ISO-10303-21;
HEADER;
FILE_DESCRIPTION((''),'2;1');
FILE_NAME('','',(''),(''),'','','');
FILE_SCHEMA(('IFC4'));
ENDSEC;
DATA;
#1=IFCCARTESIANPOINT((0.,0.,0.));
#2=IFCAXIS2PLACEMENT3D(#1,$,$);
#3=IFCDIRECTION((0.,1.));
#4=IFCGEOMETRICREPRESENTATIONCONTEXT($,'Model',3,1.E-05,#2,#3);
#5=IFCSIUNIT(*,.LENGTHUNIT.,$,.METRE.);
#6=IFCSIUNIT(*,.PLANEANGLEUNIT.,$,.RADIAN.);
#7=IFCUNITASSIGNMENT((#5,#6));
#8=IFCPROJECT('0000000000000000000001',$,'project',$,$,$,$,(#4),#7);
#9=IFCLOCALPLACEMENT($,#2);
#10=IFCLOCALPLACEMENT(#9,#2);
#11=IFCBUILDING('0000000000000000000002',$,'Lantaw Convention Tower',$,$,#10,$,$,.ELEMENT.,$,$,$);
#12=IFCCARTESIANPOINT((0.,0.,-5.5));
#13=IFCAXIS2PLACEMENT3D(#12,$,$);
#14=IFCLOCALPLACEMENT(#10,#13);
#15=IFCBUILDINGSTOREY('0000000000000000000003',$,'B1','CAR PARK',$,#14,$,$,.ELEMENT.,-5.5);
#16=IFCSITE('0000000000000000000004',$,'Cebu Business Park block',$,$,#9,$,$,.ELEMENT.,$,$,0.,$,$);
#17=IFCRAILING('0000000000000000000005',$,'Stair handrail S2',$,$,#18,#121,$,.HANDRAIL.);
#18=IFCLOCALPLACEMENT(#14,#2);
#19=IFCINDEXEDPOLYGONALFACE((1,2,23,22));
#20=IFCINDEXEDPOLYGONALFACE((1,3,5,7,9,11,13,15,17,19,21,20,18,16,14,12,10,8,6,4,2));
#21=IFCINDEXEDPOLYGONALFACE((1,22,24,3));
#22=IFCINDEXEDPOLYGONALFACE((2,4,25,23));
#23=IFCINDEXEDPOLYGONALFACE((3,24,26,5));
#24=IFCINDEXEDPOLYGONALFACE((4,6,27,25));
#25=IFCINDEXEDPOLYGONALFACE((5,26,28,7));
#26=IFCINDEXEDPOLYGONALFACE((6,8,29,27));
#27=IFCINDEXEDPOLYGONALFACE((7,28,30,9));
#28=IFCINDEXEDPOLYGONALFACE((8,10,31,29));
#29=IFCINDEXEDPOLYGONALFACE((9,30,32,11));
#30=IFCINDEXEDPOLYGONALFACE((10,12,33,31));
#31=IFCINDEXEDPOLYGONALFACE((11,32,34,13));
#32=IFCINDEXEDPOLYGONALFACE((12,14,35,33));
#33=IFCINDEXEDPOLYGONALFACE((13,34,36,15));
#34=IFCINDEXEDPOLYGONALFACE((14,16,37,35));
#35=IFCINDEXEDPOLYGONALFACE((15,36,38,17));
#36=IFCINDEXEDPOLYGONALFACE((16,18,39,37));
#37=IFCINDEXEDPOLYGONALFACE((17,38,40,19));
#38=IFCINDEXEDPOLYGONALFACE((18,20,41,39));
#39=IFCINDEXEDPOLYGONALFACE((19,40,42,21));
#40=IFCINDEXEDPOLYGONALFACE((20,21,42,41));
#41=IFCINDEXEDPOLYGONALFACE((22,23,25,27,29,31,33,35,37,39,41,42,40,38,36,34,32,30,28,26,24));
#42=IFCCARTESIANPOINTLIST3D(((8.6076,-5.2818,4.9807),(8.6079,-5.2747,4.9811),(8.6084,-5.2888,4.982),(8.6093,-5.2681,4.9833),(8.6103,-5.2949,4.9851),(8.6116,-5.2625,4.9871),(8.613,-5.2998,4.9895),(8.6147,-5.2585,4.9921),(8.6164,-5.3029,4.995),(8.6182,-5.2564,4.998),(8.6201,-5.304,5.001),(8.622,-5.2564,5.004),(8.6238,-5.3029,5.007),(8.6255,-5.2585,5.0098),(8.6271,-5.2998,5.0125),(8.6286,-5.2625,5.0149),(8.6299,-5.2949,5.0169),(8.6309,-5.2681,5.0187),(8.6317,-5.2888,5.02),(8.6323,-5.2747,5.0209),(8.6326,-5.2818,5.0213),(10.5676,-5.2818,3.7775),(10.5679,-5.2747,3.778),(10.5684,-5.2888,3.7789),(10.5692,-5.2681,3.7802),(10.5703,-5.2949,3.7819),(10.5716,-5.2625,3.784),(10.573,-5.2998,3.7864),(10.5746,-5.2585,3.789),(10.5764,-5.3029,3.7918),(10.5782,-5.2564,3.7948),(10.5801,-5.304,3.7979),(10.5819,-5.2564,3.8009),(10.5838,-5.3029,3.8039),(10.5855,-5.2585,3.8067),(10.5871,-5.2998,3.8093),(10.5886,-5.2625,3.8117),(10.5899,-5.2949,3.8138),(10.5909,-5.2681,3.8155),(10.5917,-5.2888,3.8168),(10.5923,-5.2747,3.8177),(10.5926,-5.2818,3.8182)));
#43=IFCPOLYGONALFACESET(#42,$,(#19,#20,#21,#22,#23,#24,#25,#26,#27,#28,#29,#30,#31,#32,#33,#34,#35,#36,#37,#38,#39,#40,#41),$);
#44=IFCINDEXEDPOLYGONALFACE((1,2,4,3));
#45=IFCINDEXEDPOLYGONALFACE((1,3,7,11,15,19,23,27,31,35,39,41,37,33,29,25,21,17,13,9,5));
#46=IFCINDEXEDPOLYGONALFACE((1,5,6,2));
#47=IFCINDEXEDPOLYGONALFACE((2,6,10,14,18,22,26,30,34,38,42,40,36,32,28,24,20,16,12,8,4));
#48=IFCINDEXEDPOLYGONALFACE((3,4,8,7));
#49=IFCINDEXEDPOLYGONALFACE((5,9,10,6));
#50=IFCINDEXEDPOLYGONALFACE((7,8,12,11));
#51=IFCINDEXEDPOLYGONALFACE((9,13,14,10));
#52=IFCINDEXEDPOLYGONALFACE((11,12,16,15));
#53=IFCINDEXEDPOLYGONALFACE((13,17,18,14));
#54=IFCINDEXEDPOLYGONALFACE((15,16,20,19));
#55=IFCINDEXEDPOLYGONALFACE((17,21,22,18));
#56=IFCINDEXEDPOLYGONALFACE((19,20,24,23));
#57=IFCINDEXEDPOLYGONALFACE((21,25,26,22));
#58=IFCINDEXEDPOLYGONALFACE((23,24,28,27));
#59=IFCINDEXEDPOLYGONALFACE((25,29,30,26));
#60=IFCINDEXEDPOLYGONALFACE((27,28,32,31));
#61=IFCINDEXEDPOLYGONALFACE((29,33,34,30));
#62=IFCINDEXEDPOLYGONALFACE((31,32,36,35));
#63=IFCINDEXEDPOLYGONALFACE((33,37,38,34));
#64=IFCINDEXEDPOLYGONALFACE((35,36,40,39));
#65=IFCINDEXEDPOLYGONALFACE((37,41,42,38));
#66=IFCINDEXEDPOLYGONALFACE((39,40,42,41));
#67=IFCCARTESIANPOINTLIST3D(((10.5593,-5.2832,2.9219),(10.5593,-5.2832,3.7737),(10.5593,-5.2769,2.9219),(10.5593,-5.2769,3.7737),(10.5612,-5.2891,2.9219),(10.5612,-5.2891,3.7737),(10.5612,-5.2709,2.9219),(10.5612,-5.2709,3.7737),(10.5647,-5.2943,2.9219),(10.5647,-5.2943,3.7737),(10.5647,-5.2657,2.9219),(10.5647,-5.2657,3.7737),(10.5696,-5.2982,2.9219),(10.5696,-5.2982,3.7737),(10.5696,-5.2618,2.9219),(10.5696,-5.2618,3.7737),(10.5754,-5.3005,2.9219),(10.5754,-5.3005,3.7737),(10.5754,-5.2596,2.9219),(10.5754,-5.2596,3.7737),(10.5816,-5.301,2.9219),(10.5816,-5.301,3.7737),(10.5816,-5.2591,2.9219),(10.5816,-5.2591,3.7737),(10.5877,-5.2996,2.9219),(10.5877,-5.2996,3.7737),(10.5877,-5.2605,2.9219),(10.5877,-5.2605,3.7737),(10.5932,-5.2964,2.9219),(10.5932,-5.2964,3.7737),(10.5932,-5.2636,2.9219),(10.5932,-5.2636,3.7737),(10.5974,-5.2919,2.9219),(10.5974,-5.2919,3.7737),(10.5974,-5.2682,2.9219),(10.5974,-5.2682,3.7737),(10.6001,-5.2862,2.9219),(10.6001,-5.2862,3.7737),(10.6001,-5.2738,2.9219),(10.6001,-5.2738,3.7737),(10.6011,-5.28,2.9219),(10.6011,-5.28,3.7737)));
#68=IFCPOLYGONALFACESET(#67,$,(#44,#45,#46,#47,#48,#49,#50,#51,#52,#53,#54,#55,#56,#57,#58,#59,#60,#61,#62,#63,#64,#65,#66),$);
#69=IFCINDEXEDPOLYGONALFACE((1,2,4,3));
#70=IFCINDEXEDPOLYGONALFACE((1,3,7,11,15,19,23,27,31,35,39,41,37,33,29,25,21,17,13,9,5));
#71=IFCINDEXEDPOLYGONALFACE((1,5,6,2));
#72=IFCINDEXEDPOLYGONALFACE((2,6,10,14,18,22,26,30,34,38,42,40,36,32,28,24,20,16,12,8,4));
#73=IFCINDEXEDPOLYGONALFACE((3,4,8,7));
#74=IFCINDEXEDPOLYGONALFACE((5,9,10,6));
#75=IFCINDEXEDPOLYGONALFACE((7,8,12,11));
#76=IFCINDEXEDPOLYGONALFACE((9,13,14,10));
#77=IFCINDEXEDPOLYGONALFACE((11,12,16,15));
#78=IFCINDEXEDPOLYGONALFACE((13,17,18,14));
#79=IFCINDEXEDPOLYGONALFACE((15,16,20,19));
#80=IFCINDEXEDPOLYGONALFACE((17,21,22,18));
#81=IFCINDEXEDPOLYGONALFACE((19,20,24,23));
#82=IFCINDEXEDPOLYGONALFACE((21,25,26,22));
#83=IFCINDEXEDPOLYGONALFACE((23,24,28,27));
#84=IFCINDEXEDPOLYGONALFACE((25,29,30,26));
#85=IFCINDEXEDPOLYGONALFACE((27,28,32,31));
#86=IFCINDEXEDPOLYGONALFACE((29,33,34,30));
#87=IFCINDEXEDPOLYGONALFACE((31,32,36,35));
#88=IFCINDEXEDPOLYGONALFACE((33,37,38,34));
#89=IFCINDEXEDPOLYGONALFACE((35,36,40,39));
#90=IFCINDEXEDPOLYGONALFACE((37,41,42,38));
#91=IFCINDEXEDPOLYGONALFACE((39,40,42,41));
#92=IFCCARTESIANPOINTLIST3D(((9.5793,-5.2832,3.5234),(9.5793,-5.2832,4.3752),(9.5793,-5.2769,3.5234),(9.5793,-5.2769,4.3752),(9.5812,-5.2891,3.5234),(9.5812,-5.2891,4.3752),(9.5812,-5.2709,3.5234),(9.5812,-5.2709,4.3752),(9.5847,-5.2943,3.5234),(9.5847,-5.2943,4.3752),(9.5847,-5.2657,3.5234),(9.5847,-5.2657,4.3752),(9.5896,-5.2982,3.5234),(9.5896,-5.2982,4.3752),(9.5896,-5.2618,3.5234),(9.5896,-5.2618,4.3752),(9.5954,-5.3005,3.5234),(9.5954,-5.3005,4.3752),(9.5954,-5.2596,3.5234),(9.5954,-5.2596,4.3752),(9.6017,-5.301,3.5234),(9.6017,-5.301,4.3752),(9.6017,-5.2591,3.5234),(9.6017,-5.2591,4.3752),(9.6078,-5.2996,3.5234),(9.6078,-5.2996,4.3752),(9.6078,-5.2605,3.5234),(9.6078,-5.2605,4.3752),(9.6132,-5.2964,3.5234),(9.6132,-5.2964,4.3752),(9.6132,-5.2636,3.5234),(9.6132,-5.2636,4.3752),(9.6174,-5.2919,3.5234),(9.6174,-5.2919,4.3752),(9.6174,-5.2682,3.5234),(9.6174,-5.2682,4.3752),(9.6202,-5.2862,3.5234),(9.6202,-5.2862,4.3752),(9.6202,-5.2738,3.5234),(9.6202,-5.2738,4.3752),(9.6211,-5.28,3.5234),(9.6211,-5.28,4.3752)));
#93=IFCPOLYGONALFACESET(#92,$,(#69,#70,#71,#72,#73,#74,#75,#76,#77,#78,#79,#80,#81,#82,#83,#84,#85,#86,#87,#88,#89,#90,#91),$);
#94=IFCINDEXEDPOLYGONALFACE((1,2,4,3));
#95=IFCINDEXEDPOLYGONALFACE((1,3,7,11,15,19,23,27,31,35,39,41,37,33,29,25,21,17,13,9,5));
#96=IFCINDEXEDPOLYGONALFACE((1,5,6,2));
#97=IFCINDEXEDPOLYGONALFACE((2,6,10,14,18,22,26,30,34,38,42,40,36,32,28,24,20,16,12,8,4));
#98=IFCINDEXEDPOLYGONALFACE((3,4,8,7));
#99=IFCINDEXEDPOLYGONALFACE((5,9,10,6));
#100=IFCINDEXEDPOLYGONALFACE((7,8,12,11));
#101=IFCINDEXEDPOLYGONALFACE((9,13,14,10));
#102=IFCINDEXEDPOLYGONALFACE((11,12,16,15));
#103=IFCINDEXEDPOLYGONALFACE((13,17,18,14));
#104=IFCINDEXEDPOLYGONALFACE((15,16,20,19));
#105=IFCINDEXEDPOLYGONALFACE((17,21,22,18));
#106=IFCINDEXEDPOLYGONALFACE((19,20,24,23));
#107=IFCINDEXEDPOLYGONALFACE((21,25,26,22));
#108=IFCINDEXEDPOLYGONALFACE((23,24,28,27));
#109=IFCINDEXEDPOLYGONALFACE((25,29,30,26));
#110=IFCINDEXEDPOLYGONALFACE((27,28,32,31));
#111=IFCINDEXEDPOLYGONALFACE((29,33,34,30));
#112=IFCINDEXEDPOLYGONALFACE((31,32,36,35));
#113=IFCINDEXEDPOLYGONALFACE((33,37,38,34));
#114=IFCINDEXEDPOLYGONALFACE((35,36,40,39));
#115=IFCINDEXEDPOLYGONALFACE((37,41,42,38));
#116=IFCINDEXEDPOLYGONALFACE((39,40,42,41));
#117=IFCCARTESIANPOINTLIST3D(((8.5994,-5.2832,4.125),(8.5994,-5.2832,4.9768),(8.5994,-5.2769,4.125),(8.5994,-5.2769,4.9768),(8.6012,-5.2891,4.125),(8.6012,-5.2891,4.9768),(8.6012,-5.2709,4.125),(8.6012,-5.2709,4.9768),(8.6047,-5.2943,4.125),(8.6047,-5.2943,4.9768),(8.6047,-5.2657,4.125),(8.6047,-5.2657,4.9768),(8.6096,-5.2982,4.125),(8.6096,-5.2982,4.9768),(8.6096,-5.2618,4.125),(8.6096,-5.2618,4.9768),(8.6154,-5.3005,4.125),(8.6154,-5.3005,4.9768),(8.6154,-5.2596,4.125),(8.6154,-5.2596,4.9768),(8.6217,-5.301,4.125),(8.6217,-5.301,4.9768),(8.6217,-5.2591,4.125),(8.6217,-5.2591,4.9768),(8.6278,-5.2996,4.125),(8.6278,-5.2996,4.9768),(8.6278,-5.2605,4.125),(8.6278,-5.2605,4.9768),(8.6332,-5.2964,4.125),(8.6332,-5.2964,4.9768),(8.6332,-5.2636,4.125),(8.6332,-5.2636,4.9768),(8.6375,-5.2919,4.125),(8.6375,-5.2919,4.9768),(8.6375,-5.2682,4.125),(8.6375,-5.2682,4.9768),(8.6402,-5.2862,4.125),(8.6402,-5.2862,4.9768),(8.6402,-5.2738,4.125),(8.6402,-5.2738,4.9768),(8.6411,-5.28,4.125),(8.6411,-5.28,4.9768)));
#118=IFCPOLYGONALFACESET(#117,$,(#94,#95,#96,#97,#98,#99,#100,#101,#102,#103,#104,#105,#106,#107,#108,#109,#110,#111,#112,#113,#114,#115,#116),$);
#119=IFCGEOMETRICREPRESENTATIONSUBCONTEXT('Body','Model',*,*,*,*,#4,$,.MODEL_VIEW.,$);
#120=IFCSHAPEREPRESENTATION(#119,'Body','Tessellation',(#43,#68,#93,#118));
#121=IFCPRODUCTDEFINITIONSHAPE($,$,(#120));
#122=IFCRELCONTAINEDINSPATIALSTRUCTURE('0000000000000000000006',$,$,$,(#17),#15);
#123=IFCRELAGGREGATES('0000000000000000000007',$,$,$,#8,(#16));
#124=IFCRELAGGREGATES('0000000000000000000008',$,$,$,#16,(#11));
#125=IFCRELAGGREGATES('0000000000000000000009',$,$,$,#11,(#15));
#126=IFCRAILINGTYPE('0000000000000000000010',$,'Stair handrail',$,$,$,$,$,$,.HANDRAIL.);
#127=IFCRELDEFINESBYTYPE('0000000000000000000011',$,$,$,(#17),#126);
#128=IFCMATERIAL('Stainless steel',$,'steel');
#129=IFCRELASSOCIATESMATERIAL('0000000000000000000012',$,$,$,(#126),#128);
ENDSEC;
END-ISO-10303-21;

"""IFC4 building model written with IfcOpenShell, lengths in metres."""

from ifc_helpers import new_model, si_unit, direction, frame, origin, origin_2d, place, context, subcontext, project, spatial, circle, extrude, material, type_object, element, save


model = new_model("IFC4")

# Units and contexts
model_context = context("Model", 3, precision=1e-05, world=origin(), true_north=direction((0.0, 1.0)))
body_context = subcontext(model_context, "Body", "Model", "MODEL_VIEW")
ifc_project = project(units=[si_unit("LENGTHUNIT", "METRE"), si_unit("PLANEANGLEUNIT", "RADIAN")], contexts=[model_context])

# Site, building, storey
site_placement = place(None, origin())
site = spatial("IfcSite", under=ifc_project, at=site_placement, Name="Cebu Business Park block", CompositionType="ELEMENT", RefElevation=0.0)
building_placement = place(site_placement, origin())
building = spatial("IfcBuilding", under=site, at=building_placement, Name="Lantaw Convention Tower", CompositionType="ELEMENT")
storey_placement = place(building_placement, frame((0.0, 0.0, -5.5)))
storey = spatial("IfcBuildingStorey", under=building, at=storey_placement, Name="B1", Description="CAR PARK", CompositionType="ELEMENT", Elevation=-5.5)

# Railing
ifc_material_1 = material(Name="Stainless steel", Category="steel")
railing_type = type_object("IfcRailingType", Name="Stair handrail", PredefinedType="HANDRAIL", material=ifc_material_1)
railing_1_placement = place(storey_placement, frame((10.5801, -5.28, 2.9219)))
element("IfcRailing", 1, at=railing_1_placement, inside=storey, type_object=railing_type, Name="Stair handrail S2", PredefinedType="HANDRAIL", context=body_context, shape_type="SweptSolid", body=[
    extrude(circle(Radius=0.0239, at=origin_2d()), frame((0.0, 0.0, 0.876), z_axis=(-0.852241, 0.0, 0.523149), x_axis=(0.0, -1.0, 0.0)), (0.0, 0.0, 1.0), 2.2998),
    extrude(circle(Radius=0.021, at=origin_2d()), origin(), (0.0, 0.0, 1.0), 0.8518),
    extrude(circle(Radius=0.021, at=origin_2d()), frame((-0.98, 0.0, 0.6016)), (0.0, 0.0, 1.0), 0.8518),
    extrude(circle(Radius=0.021, at=origin_2d()), frame((-1.96, 0.0, 1.2031)), (0.0, 0.0, 1.0), 0.8518),
])

save(model, "model.ifc")
